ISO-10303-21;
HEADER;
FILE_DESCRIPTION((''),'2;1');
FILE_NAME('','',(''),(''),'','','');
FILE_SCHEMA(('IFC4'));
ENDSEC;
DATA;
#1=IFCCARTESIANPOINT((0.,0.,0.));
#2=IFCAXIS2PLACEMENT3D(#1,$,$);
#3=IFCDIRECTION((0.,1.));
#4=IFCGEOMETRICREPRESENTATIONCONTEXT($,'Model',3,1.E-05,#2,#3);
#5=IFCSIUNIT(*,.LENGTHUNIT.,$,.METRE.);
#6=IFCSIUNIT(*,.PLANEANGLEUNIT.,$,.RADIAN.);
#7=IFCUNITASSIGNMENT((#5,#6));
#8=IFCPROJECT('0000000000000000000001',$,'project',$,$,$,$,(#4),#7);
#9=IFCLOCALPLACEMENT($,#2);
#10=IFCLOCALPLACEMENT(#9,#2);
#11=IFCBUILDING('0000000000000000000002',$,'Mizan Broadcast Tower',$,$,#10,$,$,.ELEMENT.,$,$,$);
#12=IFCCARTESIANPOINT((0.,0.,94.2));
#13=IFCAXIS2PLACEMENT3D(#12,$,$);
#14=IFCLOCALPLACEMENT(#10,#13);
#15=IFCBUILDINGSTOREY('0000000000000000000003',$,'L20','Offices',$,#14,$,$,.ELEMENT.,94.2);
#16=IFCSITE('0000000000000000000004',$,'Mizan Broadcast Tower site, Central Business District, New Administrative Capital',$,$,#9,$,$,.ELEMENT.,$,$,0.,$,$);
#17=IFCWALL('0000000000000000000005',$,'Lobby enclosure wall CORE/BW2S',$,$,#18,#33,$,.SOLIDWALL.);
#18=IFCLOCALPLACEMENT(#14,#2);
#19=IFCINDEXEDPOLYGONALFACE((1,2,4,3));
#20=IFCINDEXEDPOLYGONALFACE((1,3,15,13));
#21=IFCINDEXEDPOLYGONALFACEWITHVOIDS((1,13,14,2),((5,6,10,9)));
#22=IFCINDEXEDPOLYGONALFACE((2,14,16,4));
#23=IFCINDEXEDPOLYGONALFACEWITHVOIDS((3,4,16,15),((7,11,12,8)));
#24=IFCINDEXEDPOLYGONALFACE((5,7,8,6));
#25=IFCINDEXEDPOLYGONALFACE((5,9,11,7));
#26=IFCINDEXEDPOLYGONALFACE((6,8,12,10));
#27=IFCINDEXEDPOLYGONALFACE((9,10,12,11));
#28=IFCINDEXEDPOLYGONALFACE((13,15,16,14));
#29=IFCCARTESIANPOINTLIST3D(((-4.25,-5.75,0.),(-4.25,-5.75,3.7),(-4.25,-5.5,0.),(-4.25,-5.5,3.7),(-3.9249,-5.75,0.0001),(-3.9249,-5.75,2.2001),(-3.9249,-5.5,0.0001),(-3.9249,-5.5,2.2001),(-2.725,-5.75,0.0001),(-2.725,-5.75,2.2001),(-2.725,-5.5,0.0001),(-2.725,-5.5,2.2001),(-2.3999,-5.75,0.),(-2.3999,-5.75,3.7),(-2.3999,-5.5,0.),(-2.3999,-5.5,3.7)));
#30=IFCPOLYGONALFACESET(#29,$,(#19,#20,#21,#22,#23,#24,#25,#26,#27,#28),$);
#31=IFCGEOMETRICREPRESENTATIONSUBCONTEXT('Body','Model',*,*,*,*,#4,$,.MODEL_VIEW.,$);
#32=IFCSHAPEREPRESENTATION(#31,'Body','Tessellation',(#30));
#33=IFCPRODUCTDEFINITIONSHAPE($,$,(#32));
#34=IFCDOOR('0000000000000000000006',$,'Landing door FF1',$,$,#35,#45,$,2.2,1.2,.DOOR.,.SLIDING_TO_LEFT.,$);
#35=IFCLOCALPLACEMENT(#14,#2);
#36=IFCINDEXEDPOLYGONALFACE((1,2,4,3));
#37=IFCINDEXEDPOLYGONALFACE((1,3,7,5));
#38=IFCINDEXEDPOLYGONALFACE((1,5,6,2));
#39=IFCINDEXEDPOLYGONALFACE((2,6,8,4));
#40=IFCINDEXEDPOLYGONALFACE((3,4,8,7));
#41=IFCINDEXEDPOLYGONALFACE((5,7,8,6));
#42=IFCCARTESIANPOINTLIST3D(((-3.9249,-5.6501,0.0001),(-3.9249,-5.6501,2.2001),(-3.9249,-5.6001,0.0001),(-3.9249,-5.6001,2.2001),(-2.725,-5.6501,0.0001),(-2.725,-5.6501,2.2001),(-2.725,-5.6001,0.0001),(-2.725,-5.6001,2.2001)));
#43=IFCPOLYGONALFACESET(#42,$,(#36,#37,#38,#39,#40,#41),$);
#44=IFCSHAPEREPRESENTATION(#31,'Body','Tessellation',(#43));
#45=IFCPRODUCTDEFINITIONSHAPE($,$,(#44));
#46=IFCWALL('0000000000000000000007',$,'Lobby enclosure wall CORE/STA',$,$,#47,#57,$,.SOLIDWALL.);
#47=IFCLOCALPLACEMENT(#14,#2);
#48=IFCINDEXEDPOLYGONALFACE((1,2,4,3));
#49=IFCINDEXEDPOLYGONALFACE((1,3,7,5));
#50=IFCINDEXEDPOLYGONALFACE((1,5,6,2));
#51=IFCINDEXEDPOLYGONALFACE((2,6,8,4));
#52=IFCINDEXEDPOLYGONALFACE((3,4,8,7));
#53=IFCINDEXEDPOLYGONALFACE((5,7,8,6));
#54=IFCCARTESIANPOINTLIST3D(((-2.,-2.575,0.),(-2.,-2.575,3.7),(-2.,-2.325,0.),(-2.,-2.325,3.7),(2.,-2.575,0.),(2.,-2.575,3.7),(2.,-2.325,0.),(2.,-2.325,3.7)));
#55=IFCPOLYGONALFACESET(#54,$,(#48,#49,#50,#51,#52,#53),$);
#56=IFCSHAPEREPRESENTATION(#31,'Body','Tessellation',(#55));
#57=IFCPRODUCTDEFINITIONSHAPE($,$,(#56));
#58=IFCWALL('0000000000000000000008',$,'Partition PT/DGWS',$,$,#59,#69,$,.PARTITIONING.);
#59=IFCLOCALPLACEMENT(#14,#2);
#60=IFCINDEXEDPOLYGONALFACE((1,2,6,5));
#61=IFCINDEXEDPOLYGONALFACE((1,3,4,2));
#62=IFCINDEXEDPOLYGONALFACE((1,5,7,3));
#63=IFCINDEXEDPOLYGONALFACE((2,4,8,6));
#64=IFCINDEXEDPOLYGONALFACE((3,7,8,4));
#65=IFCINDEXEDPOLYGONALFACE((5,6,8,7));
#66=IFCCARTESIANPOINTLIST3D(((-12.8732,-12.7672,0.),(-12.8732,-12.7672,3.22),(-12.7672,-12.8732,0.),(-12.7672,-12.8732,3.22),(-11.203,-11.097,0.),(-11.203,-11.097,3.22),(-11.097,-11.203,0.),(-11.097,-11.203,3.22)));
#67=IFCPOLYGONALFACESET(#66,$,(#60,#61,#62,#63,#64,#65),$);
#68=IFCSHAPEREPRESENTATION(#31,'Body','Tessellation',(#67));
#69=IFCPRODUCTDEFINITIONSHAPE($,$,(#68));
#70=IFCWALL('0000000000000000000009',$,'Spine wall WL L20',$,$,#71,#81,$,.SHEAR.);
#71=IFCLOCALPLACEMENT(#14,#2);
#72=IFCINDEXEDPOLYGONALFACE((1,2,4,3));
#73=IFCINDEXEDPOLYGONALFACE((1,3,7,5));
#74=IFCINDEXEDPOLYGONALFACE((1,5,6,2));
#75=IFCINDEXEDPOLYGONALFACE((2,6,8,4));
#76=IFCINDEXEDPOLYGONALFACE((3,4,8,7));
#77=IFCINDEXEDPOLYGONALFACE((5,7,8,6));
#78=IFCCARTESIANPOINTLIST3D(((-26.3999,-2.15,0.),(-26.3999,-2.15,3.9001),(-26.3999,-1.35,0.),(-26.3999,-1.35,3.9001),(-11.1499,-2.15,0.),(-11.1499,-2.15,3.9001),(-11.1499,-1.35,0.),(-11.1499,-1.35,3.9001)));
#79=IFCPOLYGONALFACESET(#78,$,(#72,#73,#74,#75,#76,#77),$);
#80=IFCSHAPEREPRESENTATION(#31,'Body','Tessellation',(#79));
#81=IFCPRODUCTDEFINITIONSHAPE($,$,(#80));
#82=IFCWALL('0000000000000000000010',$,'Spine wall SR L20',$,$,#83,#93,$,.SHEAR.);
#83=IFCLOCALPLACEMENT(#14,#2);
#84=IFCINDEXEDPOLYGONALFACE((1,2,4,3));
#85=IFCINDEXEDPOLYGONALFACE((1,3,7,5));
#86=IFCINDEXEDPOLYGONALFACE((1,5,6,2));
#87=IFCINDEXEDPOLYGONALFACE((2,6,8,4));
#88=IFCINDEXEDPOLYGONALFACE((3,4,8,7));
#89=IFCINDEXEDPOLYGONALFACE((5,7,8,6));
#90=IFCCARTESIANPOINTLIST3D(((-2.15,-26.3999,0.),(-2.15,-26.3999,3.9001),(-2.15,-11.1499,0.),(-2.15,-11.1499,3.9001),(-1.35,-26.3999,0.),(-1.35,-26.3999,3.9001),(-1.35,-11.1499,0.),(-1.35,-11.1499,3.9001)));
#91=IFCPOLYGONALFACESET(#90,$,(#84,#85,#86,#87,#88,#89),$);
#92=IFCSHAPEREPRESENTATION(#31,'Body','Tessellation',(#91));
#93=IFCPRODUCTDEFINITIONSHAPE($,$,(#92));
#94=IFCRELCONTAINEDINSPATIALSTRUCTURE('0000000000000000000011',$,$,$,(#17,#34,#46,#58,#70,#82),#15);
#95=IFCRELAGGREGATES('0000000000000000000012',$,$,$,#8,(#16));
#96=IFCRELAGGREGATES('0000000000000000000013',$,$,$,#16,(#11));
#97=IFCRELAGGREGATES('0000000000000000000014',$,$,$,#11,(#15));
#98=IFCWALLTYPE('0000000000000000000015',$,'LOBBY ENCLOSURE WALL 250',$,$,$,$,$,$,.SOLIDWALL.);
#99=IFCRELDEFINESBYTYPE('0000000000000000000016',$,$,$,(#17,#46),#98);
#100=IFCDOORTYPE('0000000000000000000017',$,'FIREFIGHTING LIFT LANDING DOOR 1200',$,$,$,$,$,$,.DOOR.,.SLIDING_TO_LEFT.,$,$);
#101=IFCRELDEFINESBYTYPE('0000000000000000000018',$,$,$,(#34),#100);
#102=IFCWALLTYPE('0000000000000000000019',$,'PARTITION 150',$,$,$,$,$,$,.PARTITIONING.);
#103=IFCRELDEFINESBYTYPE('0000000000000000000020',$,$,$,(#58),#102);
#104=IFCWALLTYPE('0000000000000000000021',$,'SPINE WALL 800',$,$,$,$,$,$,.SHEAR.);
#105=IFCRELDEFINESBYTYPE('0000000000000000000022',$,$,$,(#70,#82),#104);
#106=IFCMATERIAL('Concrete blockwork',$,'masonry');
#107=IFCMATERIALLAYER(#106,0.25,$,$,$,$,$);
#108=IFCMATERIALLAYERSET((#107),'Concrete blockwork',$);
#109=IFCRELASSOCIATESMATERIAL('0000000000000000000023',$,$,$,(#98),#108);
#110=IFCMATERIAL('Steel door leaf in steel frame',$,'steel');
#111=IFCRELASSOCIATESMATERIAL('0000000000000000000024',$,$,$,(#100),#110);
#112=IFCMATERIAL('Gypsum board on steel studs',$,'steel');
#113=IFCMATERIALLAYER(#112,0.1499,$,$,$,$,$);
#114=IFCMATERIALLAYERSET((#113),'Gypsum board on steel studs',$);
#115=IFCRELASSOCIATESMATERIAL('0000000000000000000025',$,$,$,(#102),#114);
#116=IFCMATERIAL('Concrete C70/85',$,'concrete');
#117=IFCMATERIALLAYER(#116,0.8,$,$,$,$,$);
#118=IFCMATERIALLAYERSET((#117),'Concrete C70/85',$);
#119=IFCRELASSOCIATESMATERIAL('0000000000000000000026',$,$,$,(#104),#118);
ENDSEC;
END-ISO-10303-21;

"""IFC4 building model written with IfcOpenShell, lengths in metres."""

from ifc_helpers import new_model, si_unit, direction, frame, frame_2d, origin, place, context, subcontext, project, spatial, rectangle, extrude, material, layer, layer_set, type_object, element, fill, save


model = new_model("IFC4")

# Units and contexts
model_context = context("Model", 3, precision=1e-05, world=origin(), true_north=direction((0.0, 1.0)))
body_context = subcontext(model_context, "Body", "Model", "MODEL_VIEW")
ifc_project = project(units=[si_unit("LENGTHUNIT", "METRE"), si_unit("PLANEANGLEUNIT", "RADIAN")], contexts=[model_context])

# Site, building, storey
site_placement = place(None, origin())
site = spatial("IfcSite", under=ifc_project, at=site_placement, Name="Mizan Broadcast Tower site, Central Business District, New Administrative Capital", CompositionType="ELEMENT", RefElevation=0.0)
building_placement = place(site_placement, origin())
building = spatial("IfcBuilding", under=site, at=building_placement, Name="Mizan Broadcast Tower", CompositionType="ELEMENT")
storey_placement = place(building_placement, frame((0.0, 0.0, 94.2)))
storey = spatial("IfcBuildingStorey", under=building, at=storey_placement, Name="L20", Description="Offices", CompositionType="ELEMENT", Elevation=94.2)

# Shared definitions
ifc_material_1 = material(Name="Concrete blockwork", Category="masonry")
ifc_layer_1 = layer(ifc_material_1, 0.25)
ifc_layer_set_1 = layer_set([ifc_layer_1], Name="Concrete blockwork")
wall_type_1 = type_object("IfcWallType", Name="LOBBY ENCLOSURE WALL 250", PredefinedType="SOLIDWALL", material=ifc_layer_set_1)

# Wall, opening, door
wall_1_placement = place(storey_placement, frame((-4.25, -5.625, 0.0), z_axis=(0.0, 0.0, 1.0), x_axis=(1.0, 0.0, 0.0)))
wall_1 = element("IfcWall", 1, at=wall_1_placement, inside=storey, type_object=wall_type_1, Name="Lobby enclosure wall CORE/BW2S", PredefinedType="SOLIDWALL", context=body_context, shape_type="SweptSolid", body=[
    extrude(rectangle(XDim=1.8501, YDim=0.25, at=frame_2d((0.925, 0.0))), origin(), (0.0, 0.0, 1.0), 3.7),
])
opening_1_placement = place(wall_1_placement, frame((0.325, 0.0, 0.0)))
opening_1 = element("IfcOpeningElement", 2, at=opening_1_placement, cuts=wall_1, PredefinedType="OPENING", context=body_context, shape_type="SweptSolid", body=[
    extrude(rectangle(XDim=1.2, YDim=2.2, at=frame_2d((0.6001, 1.1001))), frame((0.0, 0.135, 0.0), z_axis=(0.0, -1.0, 0.0), x_axis=(1.0, 0.0, 0.0)), (0.0, 0.0, 1.0), 0.27),
])
ifc_material_2 = material(Name="Steel door leaf in steel frame", Category="steel")
door_type_1 = type_object("IfcDoorType", Name="FIREFIGHTING LIFT LANDING DOOR 1200", OperationType="SLIDING_TO_LEFT", PredefinedType="DOOR", material=ifc_material_2)
door_1_placement = place(opening_1_placement, origin())
door_1 = element("IfcDoor", 3, at=door_1_placement, inside=storey, type_object=door_type_1, Name="Landing door FF1", OperationType="SLIDING_TO_LEFT", OverallHeight=2.2, OverallWidth=1.2, PredefinedType="DOOR", context=body_context, shape_type="SweptSolid", body=[
    extrude(rectangle(XDim=1.2, YDim=2.2, at=frame_2d((0.6001, 1.1001))), frame((0.0, 0.0249, 0.0), z_axis=(0.0, -1.0, 0.0), x_axis=(1.0, 0.0, 0.0)), (0.0, 0.0, 1.0), 0.05),
])
fill(opening_1, door_1)

# Walls
wall_2_placement = place(storey_placement, frame((-2.0, -2.45, 0.0), z_axis=(0.0, 0.0, 1.0), x_axis=(1.0, 0.0, 0.0)))
element("IfcWall", 4, at=wall_2_placement, inside=storey, type_object=wall_type_1, Name="Lobby enclosure wall CORE/STA", PredefinedType="SOLIDWALL", context=body_context, shape_type="SweptSolid", body=[
    extrude(rectangle(XDim=4.0, YDim=0.25, at=frame_2d((2.0, 0.0))), origin(), (0.0, 0.0, 1.0), 3.7),
])
ifc_material_3 = material(Name="Gypsum board on steel studs", Category="steel")
ifc_layer_2 = layer(ifc_material_3, 0.1499)
ifc_layer_set_2 = layer_set([ifc_layer_2], Name="Gypsum board on steel studs")
wall_type_2 = type_object("IfcWallType", Name="PARTITION 150", PredefinedType="PARTITIONING", material=ifc_layer_set_2)
wall_3_placement = place(storey_placement, frame((-11.1499, -11.1499, 0.0), z_axis=(0.0, 0.0, 1.0), x_axis=(-0.707107, -0.707107, 0.0)))
element("IfcWall", 5, at=wall_3_placement, inside=storey, type_object=wall_type_2, Name="Partition PT/DGWS", PredefinedType="PARTITIONING", context=body_context, shape_type="SweptSolid", body=[
    extrude(rectangle(XDim=2.3621, YDim=0.1499, at=frame_2d((1.1812, 0.0))), origin(), (0.0, 0.0, 1.0), 3.22),
])
ifc_material_4 = material(Name="Concrete C70/85", Category="concrete")
ifc_layer_3 = layer(ifc_material_4, 0.8)
ifc_layer_set_3 = layer_set([ifc_layer_3], Name="Concrete C70/85")
wall_type_3 = type_object("IfcWallType", Name="SPINE WALL 800", PredefinedType="SHEAR", material=ifc_layer_set_3)
for number, where, z_axis, x_axis, name in (
    (6, (-11.1499, -1.75, 0.0), (0.0, 0.0, 1.0), (-1.0, 0.0, 0.0), "Spine wall WL L20"),
    (7, (-1.75, -11.1499, 0.0), (0.0, 0.0, 1.0), (0.0, -1.0, 0.0), "Spine wall SR L20"),
):
    element("IfcWall", number, at=place(storey_placement, frame(where, z_axis=z_axis, x_axis=x_axis)), inside=storey, type_object=wall_type_3, Name=name, PredefinedType="SHEAR", context=body_context, shape_type="SweptSolid", body=[
        extrude(rectangle(XDim=15.25, YDim=0.8, at=frame_2d((7.625, 0.0))), origin(), (0.0, 0.0, 1.0), 3.9001),
    ])

save(model, "model.ifc")
